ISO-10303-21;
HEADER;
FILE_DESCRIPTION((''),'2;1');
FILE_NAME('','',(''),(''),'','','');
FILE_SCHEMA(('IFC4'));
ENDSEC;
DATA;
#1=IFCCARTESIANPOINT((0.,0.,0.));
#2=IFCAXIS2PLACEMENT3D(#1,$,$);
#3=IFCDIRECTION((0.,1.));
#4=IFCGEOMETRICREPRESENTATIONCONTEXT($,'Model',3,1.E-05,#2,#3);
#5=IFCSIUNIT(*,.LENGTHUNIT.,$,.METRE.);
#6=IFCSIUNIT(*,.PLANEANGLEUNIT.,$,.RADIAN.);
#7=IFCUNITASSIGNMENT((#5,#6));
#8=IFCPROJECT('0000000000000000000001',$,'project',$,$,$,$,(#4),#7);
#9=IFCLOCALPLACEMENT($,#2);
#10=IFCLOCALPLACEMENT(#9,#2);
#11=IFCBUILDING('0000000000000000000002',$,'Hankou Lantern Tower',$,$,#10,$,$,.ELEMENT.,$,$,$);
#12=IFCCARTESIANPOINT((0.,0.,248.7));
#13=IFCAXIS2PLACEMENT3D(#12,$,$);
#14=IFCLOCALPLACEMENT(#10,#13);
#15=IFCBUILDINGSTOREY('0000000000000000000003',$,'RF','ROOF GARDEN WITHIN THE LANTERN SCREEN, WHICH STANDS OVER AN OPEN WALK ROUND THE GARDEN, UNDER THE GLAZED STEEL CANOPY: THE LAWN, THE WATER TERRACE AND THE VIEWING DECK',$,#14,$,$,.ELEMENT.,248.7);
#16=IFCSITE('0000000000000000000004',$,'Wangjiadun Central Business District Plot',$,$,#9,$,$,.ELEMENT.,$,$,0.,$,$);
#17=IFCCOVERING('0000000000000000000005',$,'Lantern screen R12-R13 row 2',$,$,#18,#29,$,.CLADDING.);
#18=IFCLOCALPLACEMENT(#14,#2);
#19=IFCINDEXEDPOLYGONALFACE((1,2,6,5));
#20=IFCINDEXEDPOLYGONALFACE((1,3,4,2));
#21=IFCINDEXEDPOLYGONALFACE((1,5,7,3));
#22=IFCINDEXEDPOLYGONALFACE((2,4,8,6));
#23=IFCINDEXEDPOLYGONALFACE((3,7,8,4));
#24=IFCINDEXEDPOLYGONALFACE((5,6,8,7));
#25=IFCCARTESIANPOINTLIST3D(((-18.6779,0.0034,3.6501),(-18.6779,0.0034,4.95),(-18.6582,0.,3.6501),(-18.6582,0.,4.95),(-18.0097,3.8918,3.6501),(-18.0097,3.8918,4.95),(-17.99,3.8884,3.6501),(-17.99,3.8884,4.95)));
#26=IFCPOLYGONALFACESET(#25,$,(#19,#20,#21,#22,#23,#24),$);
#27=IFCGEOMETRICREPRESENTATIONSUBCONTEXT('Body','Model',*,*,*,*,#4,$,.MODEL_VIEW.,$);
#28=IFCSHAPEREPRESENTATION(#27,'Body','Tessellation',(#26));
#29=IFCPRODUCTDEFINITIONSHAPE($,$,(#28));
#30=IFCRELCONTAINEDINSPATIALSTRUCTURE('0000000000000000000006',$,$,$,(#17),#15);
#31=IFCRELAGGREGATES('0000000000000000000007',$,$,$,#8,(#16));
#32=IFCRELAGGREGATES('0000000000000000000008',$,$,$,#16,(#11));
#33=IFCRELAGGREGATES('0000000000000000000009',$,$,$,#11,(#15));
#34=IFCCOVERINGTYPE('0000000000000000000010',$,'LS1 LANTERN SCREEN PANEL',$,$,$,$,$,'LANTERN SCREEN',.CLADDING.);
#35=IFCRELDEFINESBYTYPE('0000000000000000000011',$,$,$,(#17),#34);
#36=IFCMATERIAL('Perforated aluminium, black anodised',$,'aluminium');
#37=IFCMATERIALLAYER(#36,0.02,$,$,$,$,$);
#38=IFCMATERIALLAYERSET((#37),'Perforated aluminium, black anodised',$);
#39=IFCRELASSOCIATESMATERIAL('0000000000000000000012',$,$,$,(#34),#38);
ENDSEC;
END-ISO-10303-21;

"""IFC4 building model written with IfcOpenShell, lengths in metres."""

from ifc_helpers import new_model, si_unit, direction, frame, origin, place, context, subcontext, project, spatial, polyline, outline, extrude, material, layer, layer_set, type_object, element, save


model = new_model("IFC4")

# Units and contexts
model_context = context("Model", 3, precision=1e-05, world=origin(), true_north=direction((0.0, 1.0)))
body_context = subcontext(model_context, "Body", "Model", "MODEL_VIEW")
ifc_project = project(units=[si_unit("LENGTHUNIT", "METRE"), si_unit("PLANEANGLEUNIT", "RADIAN")], contexts=[model_context])

# Site, building, storey
site_placement = place(None, origin())
site = spatial("IfcSite", under=ifc_project, at=site_placement, Name="Wangjiadun Central Business District Plot", CompositionType="ELEMENT", RefElevation=0.0)
building_placement = place(site_placement, origin())
building = spatial("IfcBuilding", under=site, at=building_placement, Name="Hankou Lantern Tower", CompositionType="ELEMENT")
storey_placement = place(building_placement, frame((0.0, 0.0, 248.7)))
storey = spatial("IfcBuildingStorey", under=building, at=storey_placement, Name="RF", Description="ROOF GARDEN WITHIN THE LANTERN SCREEN, WHICH STANDS OVER AN OPEN WALK ROUND THE GARDEN, UNDER THE GLAZED STEEL CANOPY: THE LAWN, THE WATER TERRACE AND THE VIEWING DECK", CompositionType="ELEMENT", Elevation=248.7)

# Covering
ifc_material_1 = material(Name="Perforated aluminium, black anodised", Category="aluminium")
ifc_layer_1 = layer(ifc_material_1, 0.02)
ifc_layer_set_1 = layer_set([ifc_layer_1], Name="Perforated aluminium, black anodised")
covering_type = type_object("IfcCoveringType", Name="LS1 LANTERN SCREEN PANEL", ElementType="LANTERN SCREEN", PredefinedType="CLADDING", material=ifc_layer_set_1)
covering_1_placement = place(storey_placement, frame((-17.99, 3.8884, 3.6501), z_axis=(0.985554, -0.169364, 0.0), x_axis=(-0.169364, -0.985554, 0.0)))
element("IfcCovering", 1, at=covering_1_placement, inside=storey, type_object=covering_type, Name="Lantern screen R12-R13 row 2", PredefinedType="CLADDING", context=body_context, shape_type="SweptSolid", body=[
    extrude(outline(polyline([(0.0, 0.0), (3.9454, 0.0), (3.9454, -1.2998), (0.0, -1.2998), (0.0, 0.0)])), origin(), (0.0, 0.0, -1.0), 0.02),
])

save(model, "model.ifc")
